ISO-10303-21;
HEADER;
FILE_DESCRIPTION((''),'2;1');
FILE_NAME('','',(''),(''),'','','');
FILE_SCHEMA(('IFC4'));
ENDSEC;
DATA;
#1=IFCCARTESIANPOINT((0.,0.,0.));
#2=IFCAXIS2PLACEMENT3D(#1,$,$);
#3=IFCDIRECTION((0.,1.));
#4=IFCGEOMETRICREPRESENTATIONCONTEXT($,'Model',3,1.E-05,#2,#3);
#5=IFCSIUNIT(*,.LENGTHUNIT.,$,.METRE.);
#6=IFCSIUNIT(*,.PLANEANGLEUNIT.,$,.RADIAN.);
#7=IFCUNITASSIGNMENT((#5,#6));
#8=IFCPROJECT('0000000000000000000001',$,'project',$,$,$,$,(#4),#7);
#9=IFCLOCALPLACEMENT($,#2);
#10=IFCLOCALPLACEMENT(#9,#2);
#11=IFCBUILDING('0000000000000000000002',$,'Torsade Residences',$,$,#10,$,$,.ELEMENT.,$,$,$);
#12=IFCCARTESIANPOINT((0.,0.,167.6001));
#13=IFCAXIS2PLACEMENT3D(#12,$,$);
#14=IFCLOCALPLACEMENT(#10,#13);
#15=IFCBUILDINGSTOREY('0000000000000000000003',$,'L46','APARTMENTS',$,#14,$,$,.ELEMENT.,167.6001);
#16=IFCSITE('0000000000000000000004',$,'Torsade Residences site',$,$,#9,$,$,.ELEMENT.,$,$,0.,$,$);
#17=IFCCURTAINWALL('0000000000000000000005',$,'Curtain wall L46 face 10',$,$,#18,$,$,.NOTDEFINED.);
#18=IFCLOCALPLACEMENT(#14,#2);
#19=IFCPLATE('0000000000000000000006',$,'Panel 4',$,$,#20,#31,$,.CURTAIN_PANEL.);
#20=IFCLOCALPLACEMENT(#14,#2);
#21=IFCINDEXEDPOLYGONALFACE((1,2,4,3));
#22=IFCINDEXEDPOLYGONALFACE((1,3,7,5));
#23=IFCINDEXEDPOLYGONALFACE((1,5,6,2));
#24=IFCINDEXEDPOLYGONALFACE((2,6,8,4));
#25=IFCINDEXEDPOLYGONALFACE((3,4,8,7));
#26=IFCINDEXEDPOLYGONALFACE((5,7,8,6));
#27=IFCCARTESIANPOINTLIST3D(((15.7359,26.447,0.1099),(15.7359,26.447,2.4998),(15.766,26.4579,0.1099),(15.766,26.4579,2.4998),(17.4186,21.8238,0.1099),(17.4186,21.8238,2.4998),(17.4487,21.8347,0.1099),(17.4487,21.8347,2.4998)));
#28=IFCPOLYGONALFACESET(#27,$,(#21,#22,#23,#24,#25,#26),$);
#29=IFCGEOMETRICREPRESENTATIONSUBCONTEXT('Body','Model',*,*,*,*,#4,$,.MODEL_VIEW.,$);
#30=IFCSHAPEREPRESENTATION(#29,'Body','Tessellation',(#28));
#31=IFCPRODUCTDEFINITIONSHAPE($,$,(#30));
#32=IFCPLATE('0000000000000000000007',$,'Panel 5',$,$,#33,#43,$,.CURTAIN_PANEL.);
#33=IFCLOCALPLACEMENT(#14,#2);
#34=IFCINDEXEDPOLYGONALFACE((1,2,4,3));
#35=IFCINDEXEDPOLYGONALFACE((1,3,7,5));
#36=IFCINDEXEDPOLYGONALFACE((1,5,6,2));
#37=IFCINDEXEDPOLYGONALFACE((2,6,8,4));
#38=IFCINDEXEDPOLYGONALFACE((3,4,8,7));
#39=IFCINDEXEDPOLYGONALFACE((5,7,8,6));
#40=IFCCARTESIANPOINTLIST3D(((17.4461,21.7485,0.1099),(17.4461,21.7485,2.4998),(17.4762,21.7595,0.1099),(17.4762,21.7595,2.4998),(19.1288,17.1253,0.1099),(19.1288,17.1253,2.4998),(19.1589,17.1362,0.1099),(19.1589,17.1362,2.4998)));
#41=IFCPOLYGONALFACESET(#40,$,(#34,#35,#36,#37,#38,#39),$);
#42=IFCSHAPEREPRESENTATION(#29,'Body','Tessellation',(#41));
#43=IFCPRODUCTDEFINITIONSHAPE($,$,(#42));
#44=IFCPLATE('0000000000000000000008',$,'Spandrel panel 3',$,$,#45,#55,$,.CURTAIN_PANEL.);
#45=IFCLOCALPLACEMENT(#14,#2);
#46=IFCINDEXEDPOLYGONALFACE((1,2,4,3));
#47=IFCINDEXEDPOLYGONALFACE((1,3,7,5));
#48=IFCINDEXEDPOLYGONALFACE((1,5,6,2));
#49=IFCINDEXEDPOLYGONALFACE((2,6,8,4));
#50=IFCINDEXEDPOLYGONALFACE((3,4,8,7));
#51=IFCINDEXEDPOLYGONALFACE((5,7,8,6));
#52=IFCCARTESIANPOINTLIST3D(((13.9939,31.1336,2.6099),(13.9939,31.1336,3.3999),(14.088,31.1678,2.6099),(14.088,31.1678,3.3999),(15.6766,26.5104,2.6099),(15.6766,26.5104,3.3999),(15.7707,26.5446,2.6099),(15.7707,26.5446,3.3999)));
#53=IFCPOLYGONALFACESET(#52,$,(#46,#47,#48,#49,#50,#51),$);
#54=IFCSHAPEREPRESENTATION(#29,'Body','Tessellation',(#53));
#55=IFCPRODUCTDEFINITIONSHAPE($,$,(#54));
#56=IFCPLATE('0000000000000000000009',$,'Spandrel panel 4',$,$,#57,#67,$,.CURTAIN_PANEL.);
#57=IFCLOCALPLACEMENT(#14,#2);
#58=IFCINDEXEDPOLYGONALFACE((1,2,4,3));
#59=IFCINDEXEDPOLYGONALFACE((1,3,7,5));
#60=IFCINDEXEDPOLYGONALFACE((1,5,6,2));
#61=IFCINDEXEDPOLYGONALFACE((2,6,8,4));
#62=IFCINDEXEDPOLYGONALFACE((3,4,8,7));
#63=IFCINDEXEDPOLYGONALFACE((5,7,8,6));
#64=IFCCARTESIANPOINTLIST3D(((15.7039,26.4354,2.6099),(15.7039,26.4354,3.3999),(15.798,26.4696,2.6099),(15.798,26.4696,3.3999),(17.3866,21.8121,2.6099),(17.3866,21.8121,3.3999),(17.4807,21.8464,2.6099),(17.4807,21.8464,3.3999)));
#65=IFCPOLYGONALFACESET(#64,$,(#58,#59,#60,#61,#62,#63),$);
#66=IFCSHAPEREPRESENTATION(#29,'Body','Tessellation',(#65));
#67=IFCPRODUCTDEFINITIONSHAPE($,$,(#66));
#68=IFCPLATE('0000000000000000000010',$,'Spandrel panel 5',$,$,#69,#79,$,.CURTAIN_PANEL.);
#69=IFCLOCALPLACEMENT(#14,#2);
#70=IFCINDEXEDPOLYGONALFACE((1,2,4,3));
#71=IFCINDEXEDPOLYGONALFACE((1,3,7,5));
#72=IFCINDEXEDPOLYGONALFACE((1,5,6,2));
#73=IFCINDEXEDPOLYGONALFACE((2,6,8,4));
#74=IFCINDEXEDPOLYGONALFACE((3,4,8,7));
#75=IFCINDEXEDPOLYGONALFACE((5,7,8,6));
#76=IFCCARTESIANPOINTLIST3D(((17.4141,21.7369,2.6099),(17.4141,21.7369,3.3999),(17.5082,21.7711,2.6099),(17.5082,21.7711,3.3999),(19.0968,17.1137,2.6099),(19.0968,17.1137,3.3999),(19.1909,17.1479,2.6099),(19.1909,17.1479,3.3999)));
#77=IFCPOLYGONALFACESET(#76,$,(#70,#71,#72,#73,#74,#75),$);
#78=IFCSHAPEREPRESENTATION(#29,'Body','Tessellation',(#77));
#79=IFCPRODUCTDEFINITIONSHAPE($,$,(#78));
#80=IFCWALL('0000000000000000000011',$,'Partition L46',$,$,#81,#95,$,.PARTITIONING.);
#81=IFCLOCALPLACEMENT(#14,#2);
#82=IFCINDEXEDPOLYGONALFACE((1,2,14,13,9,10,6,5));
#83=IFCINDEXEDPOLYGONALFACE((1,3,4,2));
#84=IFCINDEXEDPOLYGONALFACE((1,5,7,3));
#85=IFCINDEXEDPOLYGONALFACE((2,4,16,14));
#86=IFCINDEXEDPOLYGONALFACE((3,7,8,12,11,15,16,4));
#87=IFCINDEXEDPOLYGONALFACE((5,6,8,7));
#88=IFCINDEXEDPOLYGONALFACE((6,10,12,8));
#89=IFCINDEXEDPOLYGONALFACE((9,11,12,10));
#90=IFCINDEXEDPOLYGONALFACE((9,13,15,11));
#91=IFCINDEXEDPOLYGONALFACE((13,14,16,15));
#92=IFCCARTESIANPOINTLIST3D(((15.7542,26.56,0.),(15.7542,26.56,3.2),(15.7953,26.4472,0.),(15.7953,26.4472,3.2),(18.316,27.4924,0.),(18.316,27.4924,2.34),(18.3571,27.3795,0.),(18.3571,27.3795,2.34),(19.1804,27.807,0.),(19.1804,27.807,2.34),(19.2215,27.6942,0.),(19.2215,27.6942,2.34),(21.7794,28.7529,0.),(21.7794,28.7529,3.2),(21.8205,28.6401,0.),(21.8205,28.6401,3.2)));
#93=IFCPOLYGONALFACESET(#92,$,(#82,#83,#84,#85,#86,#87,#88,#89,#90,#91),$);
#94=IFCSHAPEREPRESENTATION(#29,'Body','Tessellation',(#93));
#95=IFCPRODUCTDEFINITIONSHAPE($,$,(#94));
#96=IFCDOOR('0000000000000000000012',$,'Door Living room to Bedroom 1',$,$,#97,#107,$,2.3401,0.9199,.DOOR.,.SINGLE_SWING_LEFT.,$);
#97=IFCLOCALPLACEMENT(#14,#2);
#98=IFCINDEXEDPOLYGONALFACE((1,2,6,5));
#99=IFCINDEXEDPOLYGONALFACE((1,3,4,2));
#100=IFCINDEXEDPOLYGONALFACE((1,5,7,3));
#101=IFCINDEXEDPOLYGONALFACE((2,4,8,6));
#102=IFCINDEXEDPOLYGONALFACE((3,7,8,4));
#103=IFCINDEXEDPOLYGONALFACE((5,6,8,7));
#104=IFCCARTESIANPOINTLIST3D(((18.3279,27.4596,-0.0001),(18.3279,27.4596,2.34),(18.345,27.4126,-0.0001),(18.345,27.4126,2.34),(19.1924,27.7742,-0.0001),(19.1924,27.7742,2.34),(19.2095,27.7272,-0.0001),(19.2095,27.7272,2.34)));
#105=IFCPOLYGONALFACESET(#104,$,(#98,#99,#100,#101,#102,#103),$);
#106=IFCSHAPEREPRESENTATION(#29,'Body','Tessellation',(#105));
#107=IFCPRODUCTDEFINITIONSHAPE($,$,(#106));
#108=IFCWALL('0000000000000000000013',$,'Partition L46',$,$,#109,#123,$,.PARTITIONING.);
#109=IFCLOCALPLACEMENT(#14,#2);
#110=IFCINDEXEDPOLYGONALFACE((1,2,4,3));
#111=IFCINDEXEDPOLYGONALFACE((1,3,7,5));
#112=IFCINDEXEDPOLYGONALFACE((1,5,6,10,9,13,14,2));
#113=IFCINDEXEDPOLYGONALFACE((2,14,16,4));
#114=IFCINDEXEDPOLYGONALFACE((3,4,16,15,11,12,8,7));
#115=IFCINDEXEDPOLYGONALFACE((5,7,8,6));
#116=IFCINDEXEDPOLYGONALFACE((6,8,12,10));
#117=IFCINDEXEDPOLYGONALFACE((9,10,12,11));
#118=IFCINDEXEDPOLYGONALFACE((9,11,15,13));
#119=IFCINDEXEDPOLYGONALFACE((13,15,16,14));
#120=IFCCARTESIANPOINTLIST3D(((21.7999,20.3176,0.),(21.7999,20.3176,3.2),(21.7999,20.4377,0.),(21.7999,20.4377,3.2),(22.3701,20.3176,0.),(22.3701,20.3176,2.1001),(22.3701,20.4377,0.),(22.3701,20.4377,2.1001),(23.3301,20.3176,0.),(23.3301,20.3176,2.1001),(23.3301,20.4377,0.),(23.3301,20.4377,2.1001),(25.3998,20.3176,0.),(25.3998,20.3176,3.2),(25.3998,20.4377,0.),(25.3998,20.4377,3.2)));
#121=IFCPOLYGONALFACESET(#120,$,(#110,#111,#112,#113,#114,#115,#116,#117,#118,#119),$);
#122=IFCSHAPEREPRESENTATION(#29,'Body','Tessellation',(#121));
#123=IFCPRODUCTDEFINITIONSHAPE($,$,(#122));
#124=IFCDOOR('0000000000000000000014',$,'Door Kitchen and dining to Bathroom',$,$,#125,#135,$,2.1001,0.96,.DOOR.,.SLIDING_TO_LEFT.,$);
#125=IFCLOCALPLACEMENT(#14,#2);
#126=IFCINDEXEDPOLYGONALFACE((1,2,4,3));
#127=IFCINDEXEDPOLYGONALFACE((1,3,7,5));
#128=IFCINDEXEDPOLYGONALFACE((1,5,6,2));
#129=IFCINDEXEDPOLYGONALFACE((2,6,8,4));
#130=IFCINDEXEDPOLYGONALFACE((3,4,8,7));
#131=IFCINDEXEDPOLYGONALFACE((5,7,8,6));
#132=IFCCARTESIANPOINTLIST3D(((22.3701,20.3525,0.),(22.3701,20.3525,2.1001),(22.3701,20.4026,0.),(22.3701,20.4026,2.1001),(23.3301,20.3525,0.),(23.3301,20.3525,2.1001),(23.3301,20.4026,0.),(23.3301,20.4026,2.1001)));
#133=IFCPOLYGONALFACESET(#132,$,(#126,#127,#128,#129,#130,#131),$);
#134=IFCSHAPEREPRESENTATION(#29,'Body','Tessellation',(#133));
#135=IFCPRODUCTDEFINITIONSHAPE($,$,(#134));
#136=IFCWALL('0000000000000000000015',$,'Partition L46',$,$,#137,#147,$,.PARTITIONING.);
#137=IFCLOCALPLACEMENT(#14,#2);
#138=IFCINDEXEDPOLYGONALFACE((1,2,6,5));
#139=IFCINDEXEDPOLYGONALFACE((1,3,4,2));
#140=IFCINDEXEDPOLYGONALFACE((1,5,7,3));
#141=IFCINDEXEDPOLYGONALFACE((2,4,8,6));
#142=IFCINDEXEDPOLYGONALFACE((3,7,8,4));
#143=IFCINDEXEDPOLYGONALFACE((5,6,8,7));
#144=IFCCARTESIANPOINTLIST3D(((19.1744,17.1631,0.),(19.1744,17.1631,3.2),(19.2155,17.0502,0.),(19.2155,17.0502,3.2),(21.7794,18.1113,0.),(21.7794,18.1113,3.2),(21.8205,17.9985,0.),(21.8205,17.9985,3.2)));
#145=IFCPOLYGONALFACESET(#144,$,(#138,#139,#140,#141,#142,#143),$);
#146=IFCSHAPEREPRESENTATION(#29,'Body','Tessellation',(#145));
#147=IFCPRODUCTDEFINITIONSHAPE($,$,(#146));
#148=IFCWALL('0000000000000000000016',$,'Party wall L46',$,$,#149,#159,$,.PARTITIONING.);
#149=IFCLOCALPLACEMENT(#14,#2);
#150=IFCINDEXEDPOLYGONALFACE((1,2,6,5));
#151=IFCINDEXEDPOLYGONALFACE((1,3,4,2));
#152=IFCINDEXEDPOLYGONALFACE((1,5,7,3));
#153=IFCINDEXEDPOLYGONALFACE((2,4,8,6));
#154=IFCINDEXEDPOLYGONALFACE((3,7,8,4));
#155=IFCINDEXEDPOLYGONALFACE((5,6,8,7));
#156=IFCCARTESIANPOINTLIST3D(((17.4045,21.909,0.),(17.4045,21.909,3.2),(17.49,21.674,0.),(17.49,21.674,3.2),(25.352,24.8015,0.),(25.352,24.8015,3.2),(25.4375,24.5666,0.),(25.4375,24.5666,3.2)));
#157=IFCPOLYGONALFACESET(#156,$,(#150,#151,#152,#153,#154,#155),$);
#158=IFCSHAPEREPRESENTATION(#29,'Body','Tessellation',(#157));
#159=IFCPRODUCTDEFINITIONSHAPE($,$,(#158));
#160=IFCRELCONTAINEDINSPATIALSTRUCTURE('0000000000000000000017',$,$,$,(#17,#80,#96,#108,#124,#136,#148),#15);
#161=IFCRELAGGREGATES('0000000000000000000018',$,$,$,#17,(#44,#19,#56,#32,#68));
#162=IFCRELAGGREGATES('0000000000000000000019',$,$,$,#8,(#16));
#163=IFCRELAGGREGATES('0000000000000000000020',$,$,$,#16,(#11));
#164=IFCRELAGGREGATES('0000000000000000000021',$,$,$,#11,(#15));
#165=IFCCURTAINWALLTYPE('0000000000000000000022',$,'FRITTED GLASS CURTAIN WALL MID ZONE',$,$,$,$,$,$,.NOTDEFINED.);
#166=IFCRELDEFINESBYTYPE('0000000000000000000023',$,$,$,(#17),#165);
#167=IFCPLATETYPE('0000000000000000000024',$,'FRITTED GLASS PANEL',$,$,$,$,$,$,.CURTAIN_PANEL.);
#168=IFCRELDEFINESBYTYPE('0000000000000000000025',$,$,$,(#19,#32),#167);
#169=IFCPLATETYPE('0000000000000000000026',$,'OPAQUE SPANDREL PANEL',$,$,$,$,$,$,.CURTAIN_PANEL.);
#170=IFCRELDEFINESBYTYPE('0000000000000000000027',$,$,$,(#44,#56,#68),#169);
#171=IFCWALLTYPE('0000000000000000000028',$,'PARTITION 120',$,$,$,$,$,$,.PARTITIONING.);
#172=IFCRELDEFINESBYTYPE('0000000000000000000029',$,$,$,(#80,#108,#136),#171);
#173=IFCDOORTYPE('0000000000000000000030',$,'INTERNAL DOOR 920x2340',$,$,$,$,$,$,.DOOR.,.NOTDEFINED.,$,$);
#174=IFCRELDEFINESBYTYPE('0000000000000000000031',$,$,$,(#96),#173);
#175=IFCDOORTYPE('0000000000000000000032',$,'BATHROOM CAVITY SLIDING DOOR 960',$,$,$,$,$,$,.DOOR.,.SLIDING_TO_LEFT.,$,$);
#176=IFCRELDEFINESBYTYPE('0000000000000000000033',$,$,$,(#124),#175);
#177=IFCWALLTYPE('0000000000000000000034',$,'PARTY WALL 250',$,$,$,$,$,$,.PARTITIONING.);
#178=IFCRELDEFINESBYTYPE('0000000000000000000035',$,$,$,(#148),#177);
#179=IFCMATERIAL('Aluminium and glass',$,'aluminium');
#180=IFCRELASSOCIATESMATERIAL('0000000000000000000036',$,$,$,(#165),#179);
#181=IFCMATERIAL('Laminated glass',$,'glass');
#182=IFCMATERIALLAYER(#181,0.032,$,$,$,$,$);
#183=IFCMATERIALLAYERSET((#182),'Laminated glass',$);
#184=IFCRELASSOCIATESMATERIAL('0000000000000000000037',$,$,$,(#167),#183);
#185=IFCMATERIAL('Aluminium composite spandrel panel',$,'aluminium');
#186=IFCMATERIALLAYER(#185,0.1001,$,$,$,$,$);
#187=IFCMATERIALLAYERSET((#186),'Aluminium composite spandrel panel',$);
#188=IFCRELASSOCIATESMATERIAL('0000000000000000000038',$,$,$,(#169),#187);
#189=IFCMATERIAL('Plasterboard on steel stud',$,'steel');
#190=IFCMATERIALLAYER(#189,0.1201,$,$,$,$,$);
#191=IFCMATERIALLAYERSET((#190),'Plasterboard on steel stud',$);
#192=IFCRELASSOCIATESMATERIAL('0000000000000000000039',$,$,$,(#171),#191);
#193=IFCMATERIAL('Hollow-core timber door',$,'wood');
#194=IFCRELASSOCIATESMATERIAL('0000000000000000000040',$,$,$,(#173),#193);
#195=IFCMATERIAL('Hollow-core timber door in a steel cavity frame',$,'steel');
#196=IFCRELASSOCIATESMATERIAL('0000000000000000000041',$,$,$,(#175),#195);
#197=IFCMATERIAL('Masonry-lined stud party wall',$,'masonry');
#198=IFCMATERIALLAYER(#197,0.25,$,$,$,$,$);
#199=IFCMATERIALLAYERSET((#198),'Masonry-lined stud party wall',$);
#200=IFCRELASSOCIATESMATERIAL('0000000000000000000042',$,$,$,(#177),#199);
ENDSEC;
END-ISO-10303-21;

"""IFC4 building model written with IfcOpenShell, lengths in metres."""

from ifc_helpers import new_model, si_unit, direction, frame, frame_2d, origin, origin_2d, place, context, subcontext, project, spatial, rectangle, extrude, material, layer, layer_set, type_object, element, fill, aggregate, save


model = new_model("IFC4")

# Units and contexts
model_context = context("Model", 3, precision=1e-05, world=origin(), true_north=direction((0.0, 1.0)))
body_context = subcontext(model_context, "Body", "Model", "MODEL_VIEW")
ifc_project = project(units=[si_unit("LENGTHUNIT", "METRE"), si_unit("PLANEANGLEUNIT", "RADIAN")], contexts=[model_context])

# Site, building, storey
site_placement = place(None, origin())
site = spatial("IfcSite", under=ifc_project, at=site_placement, Name="Torsade Residences site", CompositionType="ELEMENT", RefElevation=0.0)
building_placement = place(site_placement, origin())
building = spatial("IfcBuilding", under=site, at=building_placement, Name="Torsade Residences", CompositionType="ELEMENT")
storey_placement = place(building_placement, frame((0.0, 0.0, 167.6001)))
storey = spatial("IfcBuildingStorey", under=building, at=storey_placement, Name="L46", Description="APARTMENTS", CompositionType="ELEMENT", Elevation=167.6001)

# Curtain wall
ifc_material_1 = material(Name="Aluminium and glass", Category="aluminium")
curtain_wall_type = type_object("IfcCurtainWallType", Name="FRITTED GLASS CURTAIN WALL MID ZONE", PredefinedType="NOTDEFINED", material=ifc_material_1)
curtain_wall_placement = place(storey_placement, origin())
curtain_wall = element("IfcCurtainWall", 1, at=curtain_wall_placement, inside=storey, type_object=curtain_wall_type, Name="Curtain wall L46 face 10", PredefinedType="NOTDEFINED")

# Plates
ifc_material_2 = material(Name="Laminated glass", Category="glass")
ifc_layer_1 = layer(ifc_material_2, 0.032)
ifc_layer_set_1 = layer_set([ifc_layer_1], Name="Laminated glass")
plate_type_1 = type_object("IfcPlateType", Name="FRITTED GLASS PANEL", PredefinedType="CURTAIN_PANEL", material=ifc_layer_set_1)
plate_1_placement = place(storey_placement, frame((16.5923, 24.1409, 0.1099), z_axis=(0.0, 0.0, 1.0), x_axis=(0.34202, -0.939693, 0.0)))
plate_1 = element("IfcPlate", 2, at=plate_1_placement, type_object=plate_type_1, Name="Panel 4", PredefinedType="CURTAIN_PANEL", context=body_context, shape_type="SweptSolid", body=[
    extrude(rectangle(XDim=4.9199, YDim=0.032, at=origin_2d()), origin(), (0.0, 0.0, 1.0), 2.3899),
])
plate_2_placement = place(storey_placement, frame((18.3025, 19.4424, 0.1099), z_axis=(0.0, 0.0, 1.0), x_axis=(0.34202, -0.939693, 0.0)))
plate_2 = element("IfcPlate", 3, at=plate_2_placement, type_object=plate_type_1, Name="Panel 5", PredefinedType="CURTAIN_PANEL", context=body_context, shape_type="SweptSolid", body=[
    extrude(rectangle(XDim=4.9199, YDim=0.032, at=origin_2d()), origin(), (0.0, 0.0, 1.0), 2.3899),
])
ifc_material_3 = material(Name="Aluminium composite spandrel panel", Category="aluminium")
ifc_layer_2 = layer(ifc_material_3, 0.1001)
ifc_layer_set_2 = layer_set([ifc_layer_2], Name="Aluminium composite spandrel panel")
plate_type_2 = type_object("IfcPlateType", Name="OPAQUE SPANDREL PANEL", PredefinedType="CURTAIN_PANEL", material=ifc_layer_set_2)
plate_3_placement = place(storey_placement, frame((14.8823, 28.8391, 2.6099), z_axis=(0.0, 0.0, 1.0), x_axis=(0.34202, -0.939693, 0.0)))
plate_3 = element("IfcPlate", 4, at=plate_3_placement, type_object=plate_type_2, Name="Spandrel panel 3", PredefinedType="CURTAIN_PANEL", context=body_context, shape_type="SweptSolid", body=[
    extrude(rectangle(XDim=4.9199, YDim=0.1001, at=origin_2d()), origin(), (0.0, 0.0, 1.0), 0.79),
])
plate_4_placement = place(storey_placement, frame((16.5923, 24.1409, 2.6099), z_axis=(0.0, 0.0, 1.0), x_axis=(0.34202, -0.939693, 0.0)))
plate_4 = element("IfcPlate", 5, at=plate_4_placement, type_object=plate_type_2, Name="Spandrel panel 4", PredefinedType="CURTAIN_PANEL", context=body_context, shape_type="SweptSolid", body=[
    extrude(rectangle(XDim=4.9199, YDim=0.1001, at=origin_2d()), origin(), (0.0, 0.0, 1.0), 0.79),
])
plate_5_placement = place(storey_placement, frame((18.3025, 19.4424, 2.6099), z_axis=(0.0, 0.0, 1.0), x_axis=(0.34202, -0.939693, 0.0)))
plate_5 = element("IfcPlate", 6, at=plate_5_placement, type_object=plate_type_2, Name="Spandrel panel 5", PredefinedType="CURTAIN_PANEL", context=body_context, shape_type="SweptSolid", body=[
    extrude(rectangle(XDim=4.9199, YDim=0.1001, at=origin_2d()), origin(), (0.0, 0.0, 1.0), 0.79),
])
aggregate(curtain_wall, [plate_3, plate_1, plate_4, plate_2, plate_5])

# Walls, openings, doors
ifc_material_4 = material(Name="Plasterboard on steel stud", Category="steel")
ifc_layer_3 = layer(ifc_material_4, 0.1201)
ifc_layer_set_3 = layer_set([ifc_layer_3], Name="Plasterboard on steel stud")
wall_type_1 = type_object("IfcWallType", Name="PARTITION 120", PredefinedType="PARTITIONING", material=ifc_layer_set_3)
wall_1_placement = place(storey_placement, frame((21.8, 28.6965, 0.0), z_axis=(0.0, 0.0, 1.0), x_axis=(-0.939698, -0.342006, 0.0)))
wall_1 = element("IfcWall", 7, at=wall_1_placement, inside=storey, type_object=wall_type_1, Name="Partition L46", PredefinedType="PARTITIONING", context=body_context, shape_type="SweptSolid", body=[
    extrude(rectangle(XDim=6.4119, YDim=0.1201, at=frame_2d((3.2061, 0.0))), origin(), (0.0, 0.0, 1.0), 3.2),
])
opening_1_placement = place(wall_1_placement, frame((2.7659, 0.0, 0.0)))
opening_1 = element("IfcOpeningElement", 8, at=opening_1_placement, cuts=wall_1, PredefinedType="OPENING", context=body_context, shape_type="SweptSolid", body=[
    extrude(rectangle(XDim=0.9199, YDim=2.3401, at=frame_2d((0.46, 1.1699))), frame((0.0, 0.0701, 0.0), z_axis=(0.0, -1.0, 0.0), x_axis=(1.0, 0.0, 0.0)), (0.0, 0.0, 1.0), 0.1401),
])
ifc_material_5 = material(Name="Hollow-core timber door", Category="wood")
door_type_1 = type_object("IfcDoorType", Name="INTERNAL DOOR 920x2340", OperationType="NOTDEFINED", PredefinedType="DOOR", material=ifc_material_5)
door_1_placement = place(opening_1_placement, origin())
door_1 = element("IfcDoor", 9, at=door_1_placement, inside=storey, type_object=door_type_1, Name="Door Living room to Bedroom 1", OperationType="SINGLE_SWING_LEFT", OverallHeight=2.3401, OverallWidth=0.9199, PredefinedType="DOOR", context=body_context, shape_type="SweptSolid", body=[
    extrude(rectangle(XDim=0.9199, YDim=2.3401, at=frame_2d((0.46, 1.1699))), frame((0.0, 0.0249, 0.0), z_axis=(0.0, -1.0, 0.0), x_axis=(1.0, 0.0, 0.0)), (0.0, 0.0, 1.0), 0.05),
])
fill(opening_1, door_1)
wall_2_placement = place(storey_placement, frame((21.8, 20.3777, 0.0), z_axis=(0.0, 0.0, 1.0), x_axis=(1.0, 0.0, 0.0)))
wall_2 = element("IfcWall", 10, at=wall_2_placement, inside=storey, type_object=wall_type_1, Name="Partition L46", PredefinedType="PARTITIONING", context=body_context, shape_type="SweptSolid", body=[
    extrude(rectangle(XDim=3.5999, YDim=0.1201, at=frame_2d((1.7998, 0.0))), origin(), (0.0, 0.0, 1.0), 3.2),
])
opening_2_placement = place(wall_2_placement, frame((0.5701, 0.0, 0.0)))
opening_2 = element("IfcOpeningElement", 11, at=opening_2_placement, cuts=wall_2, PredefinedType="OPENING", context=body_context, shape_type="SweptSolid", body=[
    extrude(rectangle(XDim=0.96, YDim=2.1001, at=frame_2d((0.48, 1.05))), frame((0.0, 0.0701, 0.0), z_axis=(0.0, -1.0, 0.0), x_axis=(1.0, 0.0, 0.0)), (0.0, 0.0, 1.0), 0.1401),
])
ifc_material_6 = material(Name="Hollow-core timber door in a steel cavity frame", Category="steel")
door_type_2 = type_object("IfcDoorType", Name="BATHROOM CAVITY SLIDING DOOR 960", OperationType="SLIDING_TO_LEFT", PredefinedType="DOOR", material=ifc_material_6)
door_2_placement = place(opening_2_placement, origin())
door_2 = element("IfcDoor", 12, at=door_2_placement, inside=storey, type_object=door_type_2, Name="Door Kitchen and dining to Bathroom", OperationType="SLIDING_TO_LEFT", OverallHeight=2.1001, OverallWidth=0.96, PredefinedType="DOOR", context=body_context, shape_type="SweptSolid", body=[
    extrude(rectangle(XDim=0.96, YDim=2.1001, at=frame_2d((0.48, 1.05))), frame((0.0, 0.0249, 0.0), z_axis=(0.0, -1.0, 0.0), x_axis=(1.0, 0.0, 0.0)), (0.0, 0.0, 1.0), 0.05),
])
fill(opening_2, door_2)

# Walls
wall_3_placement = place(storey_placement, frame((21.8, 18.0549, 0.0), z_axis=(0.0, 0.0, 1.0), x_axis=(-0.93968, -0.342054, 0.0)))
element("IfcWall", 13, at=wall_3_placement, inside=storey, type_object=wall_type_1, Name="Partition L46", PredefinedType="PARTITIONING", context=body_context, shape_type="SweptSolid", body=[
    extrude(rectangle(XDim=2.7722, YDim=0.1201, at=frame_2d((1.3862, 0.0))), origin(), (0.0, 0.0, 1.0), 3.2),
])
ifc_material_7 = material(Name="Masonry-lined stud party wall", Category="masonry")
ifc_layer_4 = layer(ifc_material_7, 0.25)
ifc_layer_set_4 = layer_set([ifc_layer_4], Name="Masonry-lined stud party wall")
wall_type_2 = type_object("IfcWallType", Name="PARTY WALL 250", PredefinedType="PARTITIONING", material=ifc_layer_set_4)
wall_4_placement = place(storey_placement, frame((17.4473, 21.7915, 0.0), z_axis=(0.0, 0.0, 1.0), x_axis=(0.939696, 0.342012, 0.0)))
element("IfcWall", 14, at=wall_4_placement, inside=storey, type_object=wall_type_2, Name="Party wall L46", PredefinedType="PARTITIONING", context=body_context, shape_type="SweptSolid", body=[
    extrude(rectangle(XDim=8.4575, YDim=0.25, at=frame_2d((4.2288, 0.0))), origin(), (0.0, 0.0, 1.0), 3.2),
])

save(model, "model.ifc")
